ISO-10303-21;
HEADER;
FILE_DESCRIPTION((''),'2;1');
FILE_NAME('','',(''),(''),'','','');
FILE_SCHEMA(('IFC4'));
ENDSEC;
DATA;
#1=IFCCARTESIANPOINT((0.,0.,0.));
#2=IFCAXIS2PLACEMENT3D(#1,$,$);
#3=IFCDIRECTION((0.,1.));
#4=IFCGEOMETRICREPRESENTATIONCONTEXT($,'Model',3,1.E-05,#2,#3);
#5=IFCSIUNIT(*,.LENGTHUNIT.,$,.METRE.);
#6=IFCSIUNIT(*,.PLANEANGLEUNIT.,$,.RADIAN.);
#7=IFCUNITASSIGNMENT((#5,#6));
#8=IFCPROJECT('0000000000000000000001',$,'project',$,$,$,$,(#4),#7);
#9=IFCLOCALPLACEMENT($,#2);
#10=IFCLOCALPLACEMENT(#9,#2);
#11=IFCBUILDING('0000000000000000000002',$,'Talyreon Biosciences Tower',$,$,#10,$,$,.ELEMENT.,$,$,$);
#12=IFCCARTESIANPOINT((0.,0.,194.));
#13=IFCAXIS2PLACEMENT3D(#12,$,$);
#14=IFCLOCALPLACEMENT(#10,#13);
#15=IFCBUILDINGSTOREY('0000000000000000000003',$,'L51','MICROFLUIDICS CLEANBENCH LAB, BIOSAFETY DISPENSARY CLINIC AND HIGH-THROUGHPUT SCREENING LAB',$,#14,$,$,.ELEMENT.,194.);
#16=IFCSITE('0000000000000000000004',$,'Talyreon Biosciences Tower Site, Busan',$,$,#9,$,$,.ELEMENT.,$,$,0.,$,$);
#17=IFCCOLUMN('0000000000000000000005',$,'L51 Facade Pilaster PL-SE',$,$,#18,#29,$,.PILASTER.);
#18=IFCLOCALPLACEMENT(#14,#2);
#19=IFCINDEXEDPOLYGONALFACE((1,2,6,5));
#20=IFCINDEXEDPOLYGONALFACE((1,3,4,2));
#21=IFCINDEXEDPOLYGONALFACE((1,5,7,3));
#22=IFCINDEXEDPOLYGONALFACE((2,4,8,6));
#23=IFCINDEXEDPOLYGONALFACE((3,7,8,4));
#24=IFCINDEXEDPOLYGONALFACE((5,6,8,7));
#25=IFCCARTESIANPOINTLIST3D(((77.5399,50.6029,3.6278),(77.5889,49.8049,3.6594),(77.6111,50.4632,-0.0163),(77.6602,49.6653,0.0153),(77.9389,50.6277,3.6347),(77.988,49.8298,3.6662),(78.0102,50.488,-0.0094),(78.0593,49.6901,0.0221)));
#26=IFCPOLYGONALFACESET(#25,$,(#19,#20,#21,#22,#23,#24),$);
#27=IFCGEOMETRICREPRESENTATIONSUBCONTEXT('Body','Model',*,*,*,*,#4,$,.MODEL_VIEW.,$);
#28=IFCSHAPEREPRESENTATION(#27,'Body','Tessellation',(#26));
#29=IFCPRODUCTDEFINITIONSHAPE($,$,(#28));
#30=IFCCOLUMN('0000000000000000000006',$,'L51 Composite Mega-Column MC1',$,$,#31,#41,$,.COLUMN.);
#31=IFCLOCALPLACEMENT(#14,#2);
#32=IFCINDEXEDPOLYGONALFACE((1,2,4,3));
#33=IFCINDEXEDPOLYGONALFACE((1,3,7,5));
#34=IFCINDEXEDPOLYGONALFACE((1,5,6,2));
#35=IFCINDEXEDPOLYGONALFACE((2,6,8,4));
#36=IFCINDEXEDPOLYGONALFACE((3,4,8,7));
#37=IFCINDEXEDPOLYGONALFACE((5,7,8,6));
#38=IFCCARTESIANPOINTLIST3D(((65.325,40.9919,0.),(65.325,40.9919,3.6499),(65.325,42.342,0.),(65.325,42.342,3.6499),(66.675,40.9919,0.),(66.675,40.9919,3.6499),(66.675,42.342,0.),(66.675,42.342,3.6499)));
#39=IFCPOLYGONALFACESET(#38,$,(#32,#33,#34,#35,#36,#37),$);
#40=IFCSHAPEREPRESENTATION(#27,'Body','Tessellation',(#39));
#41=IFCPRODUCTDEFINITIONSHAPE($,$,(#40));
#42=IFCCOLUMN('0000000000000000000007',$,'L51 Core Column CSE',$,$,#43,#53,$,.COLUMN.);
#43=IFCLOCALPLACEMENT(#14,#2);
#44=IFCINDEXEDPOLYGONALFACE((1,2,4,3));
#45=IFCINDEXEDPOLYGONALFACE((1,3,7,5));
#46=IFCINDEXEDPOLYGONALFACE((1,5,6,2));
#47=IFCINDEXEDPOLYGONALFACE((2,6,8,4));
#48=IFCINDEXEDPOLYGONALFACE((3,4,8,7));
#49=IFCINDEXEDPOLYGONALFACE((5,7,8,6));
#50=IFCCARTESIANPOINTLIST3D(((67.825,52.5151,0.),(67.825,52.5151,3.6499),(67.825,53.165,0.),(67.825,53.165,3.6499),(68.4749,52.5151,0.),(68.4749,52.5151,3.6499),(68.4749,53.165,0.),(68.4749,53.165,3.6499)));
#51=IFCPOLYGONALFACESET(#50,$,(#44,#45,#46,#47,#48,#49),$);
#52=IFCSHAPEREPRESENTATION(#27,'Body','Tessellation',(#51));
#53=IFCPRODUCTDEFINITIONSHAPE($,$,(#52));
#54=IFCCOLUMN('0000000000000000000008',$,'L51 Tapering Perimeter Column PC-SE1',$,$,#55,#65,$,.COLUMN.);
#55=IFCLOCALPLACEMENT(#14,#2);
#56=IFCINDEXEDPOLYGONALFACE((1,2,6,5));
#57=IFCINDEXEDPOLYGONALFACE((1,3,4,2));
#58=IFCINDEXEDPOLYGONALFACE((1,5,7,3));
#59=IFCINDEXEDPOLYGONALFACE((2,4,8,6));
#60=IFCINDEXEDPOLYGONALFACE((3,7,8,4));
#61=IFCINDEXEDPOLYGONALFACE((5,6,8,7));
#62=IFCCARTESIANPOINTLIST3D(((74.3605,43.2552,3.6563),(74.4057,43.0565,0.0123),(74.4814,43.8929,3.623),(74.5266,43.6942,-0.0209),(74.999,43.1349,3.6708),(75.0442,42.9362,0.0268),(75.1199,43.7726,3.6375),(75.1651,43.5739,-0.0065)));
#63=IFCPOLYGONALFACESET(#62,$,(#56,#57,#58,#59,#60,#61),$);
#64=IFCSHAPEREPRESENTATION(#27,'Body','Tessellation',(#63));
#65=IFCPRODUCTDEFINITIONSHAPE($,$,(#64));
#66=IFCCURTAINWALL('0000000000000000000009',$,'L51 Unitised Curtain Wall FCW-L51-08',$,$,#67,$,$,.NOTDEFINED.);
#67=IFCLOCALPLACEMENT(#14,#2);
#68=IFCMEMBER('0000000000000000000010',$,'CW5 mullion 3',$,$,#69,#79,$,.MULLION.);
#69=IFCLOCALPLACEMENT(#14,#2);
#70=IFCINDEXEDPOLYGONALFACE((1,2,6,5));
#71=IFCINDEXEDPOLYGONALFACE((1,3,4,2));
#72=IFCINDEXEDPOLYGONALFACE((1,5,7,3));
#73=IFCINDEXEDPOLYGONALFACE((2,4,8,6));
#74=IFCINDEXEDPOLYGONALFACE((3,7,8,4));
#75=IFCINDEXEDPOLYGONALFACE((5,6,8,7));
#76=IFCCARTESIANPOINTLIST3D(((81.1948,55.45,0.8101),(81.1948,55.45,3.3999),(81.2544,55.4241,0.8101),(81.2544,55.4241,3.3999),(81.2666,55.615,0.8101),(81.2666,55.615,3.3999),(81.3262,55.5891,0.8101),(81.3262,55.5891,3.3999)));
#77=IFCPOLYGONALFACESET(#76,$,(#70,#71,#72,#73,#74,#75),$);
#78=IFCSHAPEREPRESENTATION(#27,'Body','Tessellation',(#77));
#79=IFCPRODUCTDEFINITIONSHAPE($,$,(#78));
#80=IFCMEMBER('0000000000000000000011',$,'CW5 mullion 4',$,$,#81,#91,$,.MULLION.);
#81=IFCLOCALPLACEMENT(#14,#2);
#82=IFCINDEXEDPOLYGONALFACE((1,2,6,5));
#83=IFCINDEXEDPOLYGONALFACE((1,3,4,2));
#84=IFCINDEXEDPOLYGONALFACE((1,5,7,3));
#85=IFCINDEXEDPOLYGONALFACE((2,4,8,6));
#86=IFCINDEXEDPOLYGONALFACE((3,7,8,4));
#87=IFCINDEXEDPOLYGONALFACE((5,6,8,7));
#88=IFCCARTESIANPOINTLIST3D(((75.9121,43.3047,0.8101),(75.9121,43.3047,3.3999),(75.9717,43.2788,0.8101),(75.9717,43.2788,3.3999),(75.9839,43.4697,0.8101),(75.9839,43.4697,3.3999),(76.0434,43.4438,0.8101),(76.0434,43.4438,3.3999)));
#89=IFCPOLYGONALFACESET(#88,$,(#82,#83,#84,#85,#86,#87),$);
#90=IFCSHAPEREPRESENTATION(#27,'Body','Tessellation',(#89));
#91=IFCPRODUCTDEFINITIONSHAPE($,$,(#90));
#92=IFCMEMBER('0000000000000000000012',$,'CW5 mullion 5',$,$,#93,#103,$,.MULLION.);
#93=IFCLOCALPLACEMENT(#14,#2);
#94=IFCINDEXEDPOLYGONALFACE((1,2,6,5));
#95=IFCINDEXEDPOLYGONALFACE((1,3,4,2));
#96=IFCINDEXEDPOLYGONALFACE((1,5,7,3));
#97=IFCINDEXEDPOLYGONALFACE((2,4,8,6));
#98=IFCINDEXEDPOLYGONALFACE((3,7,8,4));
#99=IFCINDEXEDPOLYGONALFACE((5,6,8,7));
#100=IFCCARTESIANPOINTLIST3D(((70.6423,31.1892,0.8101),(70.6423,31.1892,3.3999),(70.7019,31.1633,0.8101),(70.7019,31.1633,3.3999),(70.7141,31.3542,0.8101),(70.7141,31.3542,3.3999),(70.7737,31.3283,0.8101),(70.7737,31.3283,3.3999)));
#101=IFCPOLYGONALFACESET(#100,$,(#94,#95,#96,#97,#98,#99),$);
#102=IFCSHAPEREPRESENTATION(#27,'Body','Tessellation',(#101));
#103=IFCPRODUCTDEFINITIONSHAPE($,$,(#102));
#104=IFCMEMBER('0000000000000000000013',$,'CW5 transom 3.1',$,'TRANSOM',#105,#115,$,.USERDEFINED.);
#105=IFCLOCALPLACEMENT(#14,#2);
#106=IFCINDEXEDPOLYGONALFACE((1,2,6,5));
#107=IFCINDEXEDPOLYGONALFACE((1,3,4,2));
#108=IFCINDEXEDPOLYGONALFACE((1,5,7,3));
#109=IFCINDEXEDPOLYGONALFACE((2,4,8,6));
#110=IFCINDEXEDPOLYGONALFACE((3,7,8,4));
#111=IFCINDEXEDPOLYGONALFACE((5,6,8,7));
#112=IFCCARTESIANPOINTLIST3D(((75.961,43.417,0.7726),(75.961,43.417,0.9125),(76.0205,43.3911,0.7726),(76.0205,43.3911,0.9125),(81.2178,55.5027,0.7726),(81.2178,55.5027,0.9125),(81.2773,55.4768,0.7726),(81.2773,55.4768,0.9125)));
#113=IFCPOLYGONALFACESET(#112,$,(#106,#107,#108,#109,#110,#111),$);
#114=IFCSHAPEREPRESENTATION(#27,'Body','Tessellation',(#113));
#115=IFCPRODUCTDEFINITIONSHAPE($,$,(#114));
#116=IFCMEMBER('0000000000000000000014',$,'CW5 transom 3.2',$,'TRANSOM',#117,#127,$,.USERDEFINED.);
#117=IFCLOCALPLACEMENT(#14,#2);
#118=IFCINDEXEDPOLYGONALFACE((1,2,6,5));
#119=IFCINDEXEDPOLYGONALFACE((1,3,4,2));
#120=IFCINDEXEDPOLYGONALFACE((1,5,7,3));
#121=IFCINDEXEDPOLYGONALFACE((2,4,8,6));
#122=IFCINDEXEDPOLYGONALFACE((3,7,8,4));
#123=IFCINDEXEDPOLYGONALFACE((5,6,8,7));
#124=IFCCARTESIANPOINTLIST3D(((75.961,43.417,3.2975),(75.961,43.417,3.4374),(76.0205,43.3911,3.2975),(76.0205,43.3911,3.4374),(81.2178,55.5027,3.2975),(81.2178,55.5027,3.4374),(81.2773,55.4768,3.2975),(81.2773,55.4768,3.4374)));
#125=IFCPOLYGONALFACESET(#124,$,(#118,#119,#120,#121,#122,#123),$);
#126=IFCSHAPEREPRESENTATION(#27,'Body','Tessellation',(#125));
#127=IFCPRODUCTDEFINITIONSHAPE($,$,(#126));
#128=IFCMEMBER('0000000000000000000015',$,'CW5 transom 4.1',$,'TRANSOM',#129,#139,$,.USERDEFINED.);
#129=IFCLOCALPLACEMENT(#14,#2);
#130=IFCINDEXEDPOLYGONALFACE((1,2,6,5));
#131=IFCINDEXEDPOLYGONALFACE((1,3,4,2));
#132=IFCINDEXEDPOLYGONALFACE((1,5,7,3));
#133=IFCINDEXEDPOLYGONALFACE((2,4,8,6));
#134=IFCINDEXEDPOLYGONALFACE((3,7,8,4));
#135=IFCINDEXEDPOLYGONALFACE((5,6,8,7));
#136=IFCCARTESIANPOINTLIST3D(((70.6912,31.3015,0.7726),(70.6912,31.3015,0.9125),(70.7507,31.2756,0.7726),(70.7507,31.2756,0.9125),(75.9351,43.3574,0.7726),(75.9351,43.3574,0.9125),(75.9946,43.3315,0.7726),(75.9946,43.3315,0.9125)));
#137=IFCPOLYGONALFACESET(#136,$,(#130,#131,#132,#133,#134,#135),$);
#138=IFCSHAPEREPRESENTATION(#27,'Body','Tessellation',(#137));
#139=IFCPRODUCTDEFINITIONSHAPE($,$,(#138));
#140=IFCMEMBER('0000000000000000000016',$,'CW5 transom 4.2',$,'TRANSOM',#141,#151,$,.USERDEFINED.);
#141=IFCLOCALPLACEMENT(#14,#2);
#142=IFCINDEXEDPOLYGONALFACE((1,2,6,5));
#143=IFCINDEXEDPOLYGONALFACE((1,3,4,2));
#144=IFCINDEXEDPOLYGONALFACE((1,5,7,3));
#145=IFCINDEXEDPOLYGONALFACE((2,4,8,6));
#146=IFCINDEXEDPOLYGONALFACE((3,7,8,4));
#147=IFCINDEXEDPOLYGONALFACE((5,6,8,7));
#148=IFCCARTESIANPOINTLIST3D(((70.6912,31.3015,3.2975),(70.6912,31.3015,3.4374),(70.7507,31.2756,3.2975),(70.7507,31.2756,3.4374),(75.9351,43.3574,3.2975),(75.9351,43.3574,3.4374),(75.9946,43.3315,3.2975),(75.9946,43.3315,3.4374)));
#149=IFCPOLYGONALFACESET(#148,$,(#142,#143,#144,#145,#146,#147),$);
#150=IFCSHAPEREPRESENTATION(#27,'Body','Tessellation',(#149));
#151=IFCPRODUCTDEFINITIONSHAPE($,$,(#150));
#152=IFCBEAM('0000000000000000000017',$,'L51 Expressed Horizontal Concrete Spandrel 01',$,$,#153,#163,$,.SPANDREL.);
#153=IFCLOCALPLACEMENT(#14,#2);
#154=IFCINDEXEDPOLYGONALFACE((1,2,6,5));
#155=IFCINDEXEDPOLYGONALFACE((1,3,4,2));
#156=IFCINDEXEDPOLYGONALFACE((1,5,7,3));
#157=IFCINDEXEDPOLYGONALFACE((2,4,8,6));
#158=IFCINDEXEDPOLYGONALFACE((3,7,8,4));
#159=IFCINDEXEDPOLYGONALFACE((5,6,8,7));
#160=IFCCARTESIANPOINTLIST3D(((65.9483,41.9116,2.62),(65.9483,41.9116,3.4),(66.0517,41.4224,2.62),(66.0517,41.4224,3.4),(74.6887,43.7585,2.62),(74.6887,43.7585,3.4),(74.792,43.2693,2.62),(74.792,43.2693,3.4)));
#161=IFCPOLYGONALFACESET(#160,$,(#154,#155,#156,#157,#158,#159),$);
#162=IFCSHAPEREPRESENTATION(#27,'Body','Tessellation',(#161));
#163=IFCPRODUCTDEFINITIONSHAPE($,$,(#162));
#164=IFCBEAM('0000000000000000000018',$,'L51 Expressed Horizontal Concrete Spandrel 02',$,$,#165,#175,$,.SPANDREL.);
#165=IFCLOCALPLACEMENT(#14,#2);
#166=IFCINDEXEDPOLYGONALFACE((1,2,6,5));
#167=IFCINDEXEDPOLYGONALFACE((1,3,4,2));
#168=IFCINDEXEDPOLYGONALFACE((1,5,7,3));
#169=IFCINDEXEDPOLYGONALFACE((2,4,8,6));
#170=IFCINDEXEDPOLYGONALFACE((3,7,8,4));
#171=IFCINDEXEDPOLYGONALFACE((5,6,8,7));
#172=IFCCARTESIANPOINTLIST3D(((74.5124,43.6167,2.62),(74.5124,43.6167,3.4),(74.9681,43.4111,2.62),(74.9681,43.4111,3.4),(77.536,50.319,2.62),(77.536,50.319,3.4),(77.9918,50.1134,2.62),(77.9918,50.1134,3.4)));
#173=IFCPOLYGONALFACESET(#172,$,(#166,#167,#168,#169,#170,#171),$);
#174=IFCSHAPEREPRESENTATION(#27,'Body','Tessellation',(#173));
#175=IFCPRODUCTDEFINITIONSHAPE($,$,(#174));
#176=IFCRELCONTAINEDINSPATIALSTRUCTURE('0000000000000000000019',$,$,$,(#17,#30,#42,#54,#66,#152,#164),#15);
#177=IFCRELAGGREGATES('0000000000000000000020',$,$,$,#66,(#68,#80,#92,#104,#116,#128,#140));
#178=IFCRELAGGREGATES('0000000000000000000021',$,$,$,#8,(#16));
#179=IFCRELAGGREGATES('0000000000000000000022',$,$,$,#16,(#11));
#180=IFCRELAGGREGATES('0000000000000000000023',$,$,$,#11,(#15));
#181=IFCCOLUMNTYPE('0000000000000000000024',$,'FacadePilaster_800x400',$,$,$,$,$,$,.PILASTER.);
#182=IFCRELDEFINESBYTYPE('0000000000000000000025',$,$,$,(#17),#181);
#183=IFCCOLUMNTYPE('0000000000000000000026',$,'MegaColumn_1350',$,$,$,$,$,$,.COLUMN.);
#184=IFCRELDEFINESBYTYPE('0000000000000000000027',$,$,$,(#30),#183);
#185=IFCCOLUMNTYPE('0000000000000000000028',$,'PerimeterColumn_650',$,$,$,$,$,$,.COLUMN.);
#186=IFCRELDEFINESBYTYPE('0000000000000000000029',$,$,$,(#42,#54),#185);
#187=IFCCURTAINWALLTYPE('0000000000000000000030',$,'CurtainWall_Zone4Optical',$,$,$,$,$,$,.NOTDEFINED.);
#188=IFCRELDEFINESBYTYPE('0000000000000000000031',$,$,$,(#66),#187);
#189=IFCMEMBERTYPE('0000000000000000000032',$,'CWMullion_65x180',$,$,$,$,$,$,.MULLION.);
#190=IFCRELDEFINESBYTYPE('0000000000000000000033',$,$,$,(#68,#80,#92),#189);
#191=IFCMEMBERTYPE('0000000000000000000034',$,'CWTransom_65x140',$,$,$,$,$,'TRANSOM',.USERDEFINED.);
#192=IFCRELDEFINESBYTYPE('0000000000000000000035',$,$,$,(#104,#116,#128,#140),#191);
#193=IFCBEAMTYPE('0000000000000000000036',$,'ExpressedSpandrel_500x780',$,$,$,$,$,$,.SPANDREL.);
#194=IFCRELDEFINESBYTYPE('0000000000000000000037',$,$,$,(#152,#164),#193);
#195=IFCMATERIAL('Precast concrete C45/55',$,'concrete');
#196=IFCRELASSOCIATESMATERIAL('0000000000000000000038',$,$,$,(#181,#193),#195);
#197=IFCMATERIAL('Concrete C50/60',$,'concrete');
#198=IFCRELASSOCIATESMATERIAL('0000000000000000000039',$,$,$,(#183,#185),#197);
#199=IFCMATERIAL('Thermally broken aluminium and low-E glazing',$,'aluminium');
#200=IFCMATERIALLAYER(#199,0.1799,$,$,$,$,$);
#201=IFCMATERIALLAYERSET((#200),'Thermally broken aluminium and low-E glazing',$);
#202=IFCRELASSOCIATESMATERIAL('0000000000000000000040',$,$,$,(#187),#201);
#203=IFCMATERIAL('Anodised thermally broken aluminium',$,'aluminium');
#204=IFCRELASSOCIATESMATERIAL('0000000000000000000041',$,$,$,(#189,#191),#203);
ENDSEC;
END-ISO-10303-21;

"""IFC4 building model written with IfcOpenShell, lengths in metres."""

from ifc_helpers import new_model, si_unit, direction, frame, origin, origin_2d, place, context, subcontext, project, spatial, rectangle, extrude, material, layer, layer_set, material_profile, profile_set, type_object, element, aggregate, save


model = new_model("IFC4")

# Units and contexts
model_context = context("Model", 3, precision=1e-05, world=origin(), true_north=direction((0.0, 1.0)))
body_context = subcontext(model_context, "Body", "Model", "MODEL_VIEW")
ifc_project = project(units=[si_unit("LENGTHUNIT", "METRE"), si_unit("PLANEANGLEUNIT", "RADIAN")], contexts=[model_context])

# Site, building, storey
site_placement = place(None, origin())
site = spatial("IfcSite", under=ifc_project, at=site_placement, Name="Talyreon Biosciences Tower Site, Busan", CompositionType="ELEMENT", RefElevation=0.0)
building_placement = place(site_placement, origin())
building = spatial("IfcBuilding", under=site, at=building_placement, Name="Talyreon Biosciences Tower", CompositionType="ELEMENT")
storey_placement = place(building_placement, frame((0.0, 0.0, 194.0)))
storey = spatial("IfcBuildingStorey", under=building, at=storey_placement, Name="L51", Description="MICROFLUIDICS CLEANBENCH LAB, BIOSAFETY DISPENSARY CLINIC AND HIGH-THROUGHPUT SCREENING LAB", CompositionType="ELEMENT", Elevation=194.0)

# Columns
ifc_material_1 = material(Name="Precast concrete C45/55", Category="concrete")
ifc_material_profile_1 = material_profile(ifc_material_1, rectangle(XDim=0.8, YDim=0.3999, at=origin_2d()), Name="RC 800x400")
ifc_profile_set_1 = profile_set([ifc_material_profile_1], Name="Precast concrete C45/55")
column_type_1 = type_object("IfcColumnType", Name="FacadePilaster_800x400", PredefinedType="PILASTER", material=ifc_profile_set_1)
column_1_placement = place(storey_placement, frame((77.8352, 50.0767, 0.0029), z_axis=(-0.019545, 0.038287, 0.999076), x_axis=(0.061305, -0.99734, 0.03942)))
element("IfcColumn", 1, at=column_1_placement, inside=storey, type_object=column_type_1, Name="L51 Facade Pilaster PL-SE", PredefinedType="PILASTER", context=body_context, shape_type="SweptSolid", body=[
    extrude(rectangle(XDim=0.8, YDim=0.3999, at=origin_2d()), origin(), (0.0, 0.0, 1.0), 3.6475),
])
ifc_material_2 = material(Name="Concrete C50/60", Category="concrete")
ifc_material_profile_2 = material_profile(ifc_material_2, rectangle(XDim=1.3501, YDim=1.3501, at=origin_2d()), Name="RC 1350x1350")
ifc_profile_set_2 = profile_set([ifc_material_profile_2], Name="Concrete C50/60")
column_type_2 = type_object("IfcColumnType", Name="MegaColumn_1350", PredefinedType="COLUMN", material=ifc_profile_set_2)
column_2_placement = place(storey_placement, frame((66.0, 41.667, 0.0), z_axis=(0.0, 0.0, 1.0), x_axis=(1.0, 0.0, 0.0)))
element("IfcColumn", 2, at=column_2_placement, inside=storey, type_object=column_type_2, Name="L51 Composite Mega-Column MC1", PredefinedType="COLUMN", context=body_context, shape_type="SweptSolid", body=[
    extrude(rectangle(XDim=1.3501, YDim=1.3501, at=origin_2d()), origin(), (0.0, 0.0, 1.0), 3.6499),
])
ifc_material_profile_3 = material_profile(ifc_material_2, rectangle(XDim=0.6499, YDim=0.6499, at=origin_2d()), Name="RC 650x650")
ifc_profile_set_3 = profile_set([ifc_material_profile_3], Name="Concrete C50/60")
column_type_3 = type_object("IfcColumnType", Name="PerimeterColumn_650", PredefinedType="COLUMN", material=ifc_profile_set_3)
column_3_placement = place(storey_placement, frame((68.1499, 52.8401, 0.0), z_axis=(0.0, 0.0, 1.0), x_axis=(1.0, 0.0, 0.0)))
element("IfcColumn", 3, at=column_3_placement, inside=storey, type_object=column_type_3, Name="L51 Core Column CSE", PredefinedType="COLUMN", context=body_context, shape_type="SweptSolid", body=[
    extrude(rectangle(XDim=0.6499, YDim=0.6499, at=origin_2d()), origin(), (0.0, 0.0, 1.0), 3.6499),
])
column_4_placement = place(storey_placement, frame((74.7854, 43.3152, 0.0029), z_axis=(-0.012375, 0.054451, 0.99844), x_axis=(-0.186031, -0.981209, 0.051205)))
element("IfcColumn", 4, at=column_4_placement, inside=storey, type_object=column_type_3, Name="L51 Tapering Perimeter Column PC-SE1", PredefinedType="COLUMN", context=body_context, shape_type="SweptSolid", body=[
    extrude(rectangle(XDim=0.6499, YDim=0.6499, at=origin_2d()), origin(), (0.0, 0.0, 1.0), 3.6497),
])

# Curtain wall, members
ifc_material_3 = material(Name="Thermally broken aluminium and low-E glazing", Category="aluminium")
ifc_layer_1 = layer(ifc_material_3, 0.1799)
ifc_layer_set_1 = layer_set([ifc_layer_1], Name="Thermally broken aluminium and low-E glazing")
curtain_wall_type = type_object("IfcCurtainWallType", Name="CurtainWall_Zone4Optical", PredefinedType="NOTDEFINED", material=ifc_layer_set_1)
curtain_wall_placement = place(storey_placement, origin())
curtain_wall = element("IfcCurtainWall", 5, at=curtain_wall_placement, inside=storey, type_object=curtain_wall_type, Name="L51 Unitised Curtain Wall FCW-L51-08", PredefinedType="NOTDEFINED")
ifc_material_4 = material(Name="Anodised thermally broken aluminium", Category="aluminium")
ifc_material_profile_4 = material_profile(ifc_material_4, rectangle(XDim=0.0649, YDim=0.1799, at=origin_2d()), Name="ALUM MULLION 65x180")
ifc_profile_set_4 = profile_set([ifc_material_profile_4], Name="Anodised thermally broken aluminium")
member_type_1 = type_object("IfcMemberType", Name="CWMullion_65x180", PredefinedType="MULLION", material=ifc_profile_set_4)
member_1_placement = place(storey_placement, frame((81.2605, 55.5195, 0.8101), z_axis=(0.0, 0.0, 1.0), x_axis=(0.917011, -0.398862, 0.0)))
member_1 = element("IfcMember", 6, at=member_1_placement, type_object=member_type_1, Name="CW5 mullion 3", PredefinedType="MULLION", context=body_context, shape_type="SweptSolid", body=[
    extrude(rectangle(XDim=0.0649, YDim=0.1799, at=origin_2d()), origin(), (0.0, 0.0, 1.0), 2.5898),
])
member_2_placement = place(storey_placement, frame((75.9778, 43.3743, 0.8101), z_axis=(0.0, 0.0, 1.0), x_axis=(0.917011, -0.398862, 0.0)))
member_2 = element("IfcMember", 7, at=member_2_placement, type_object=member_type_1, Name="CW5 mullion 4", PredefinedType="MULLION", context=body_context, shape_type="SweptSolid", body=[
    extrude(rectangle(XDim=0.0649, YDim=0.1799, at=origin_2d()), origin(), (0.0, 0.0, 1.0), 2.5898),
])
member_3_placement = place(storey_placement, frame((70.708, 31.2588, 0.8101), z_axis=(0.0, 0.0, 1.0), x_axis=(0.917011, -0.398862, 0.0)))
member_3 = element("IfcMember", 8, at=member_3_placement, type_object=member_type_1, Name="CW5 mullion 5", PredefinedType="MULLION", context=body_context, shape_type="SweptSolid", body=[
    extrude(rectangle(XDim=0.0649, YDim=0.1799, at=origin_2d()), origin(), (0.0, 0.0, 1.0), 2.5898),
])
ifc_material_profile_5 = material_profile(ifc_material_4, rectangle(XDim=0.0649, YDim=0.1399, at=origin_2d()), Name="ALUM TRANSOM 65x140")
ifc_profile_set_5 = profile_set([ifc_material_profile_5], Name="Anodised thermally broken aluminium")
member_type_2 = type_object("IfcMemberType", Name="CWTransom_65x140", ElementType="TRANSOM", PredefinedType="USERDEFINED", material=ifc_profile_set_5)
member_4_placement = place(storey_placement, frame((81.2476, 55.4897, 0.8425), z_axis=(-0.398866, -0.917009, 0.0), x_axis=(0.917009, -0.398866, 0.0)))
member_4 = element("IfcMember", 9, at=member_4_placement, type_object=member_type_2, Name="CW5 transom 3.1", ObjectType="TRANSOM", PredefinedType="USERDEFINED", context=body_context, shape_type="SweptSolid", body=[
    extrude(rectangle(XDim=0.0649, YDim=0.1399, at=origin_2d()), origin(), (0.0, 0.0, 1.0), 13.1794),
])
member_5_placement = place(storey_placement, frame((81.2476, 55.4897, 3.3674), z_axis=(-0.398866, -0.917009, 0.0), x_axis=(0.917009, -0.398866, 0.0)))
member_5 = element("IfcMember", 10, at=member_5_placement, type_object=member_type_2, Name="CW5 transom 3.2", ObjectType="TRANSOM", PredefinedType="USERDEFINED", context=body_context, shape_type="SweptSolid", body=[
    extrude(rectangle(XDim=0.0649, YDim=0.1399, at=origin_2d()), origin(), (0.0, 0.0, 1.0), 13.1794),
])
member_6_placement = place(storey_placement, frame((75.9648, 43.3445, 0.8425), z_axis=(-0.398867, -0.917009, 0.0), x_axis=(0.917009, -0.398867, 0.0)))
member_6 = element("IfcMember", 11, at=member_6_placement, type_object=member_type_2, Name="CW5 transom 4.1", ObjectType="TRANSOM", PredefinedType="USERDEFINED", context=body_context, shape_type="SweptSolid", body=[
    extrude(rectangle(XDim=0.0649, YDim=0.1399, at=origin_2d()), origin(), (0.0, 0.0, 1.0), 13.147),
])
member_7_placement = place(storey_placement, frame((75.9648, 43.3445, 3.3674), z_axis=(-0.398867, -0.917009, 0.0), x_axis=(0.917009, -0.398867, 0.0)))
member_7 = element("IfcMember", 12, at=member_7_placement, type_object=member_type_2, Name="CW5 transom 4.2", ObjectType="TRANSOM", PredefinedType="USERDEFINED", context=body_context, shape_type="SweptSolid", body=[
    extrude(rectangle(XDim=0.0649, YDim=0.1399, at=origin_2d()), origin(), (0.0, 0.0, 1.0), 13.147),
])

# Beams
ifc_material_profile_6 = material_profile(ifc_material_1, rectangle(XDim=0.5, YDim=0.78, at=origin_2d()), Name="RCB 500x780")
ifc_profile_set_6 = profile_set([ifc_material_profile_6], Name="Precast concrete C45/55")
beam_type_1 = type_object("IfcBeamType", Name="ExpressedSpandrel_500x780", PredefinedType="SPANDREL", material=ifc_profile_set_6)
beam_1_placement = place(storey_placement, frame((66.0, 41.667, 3.01), z_axis=(0.978394, 0.206747, 0.0), x_axis=(-0.206747, 0.978394, 0.0)))
element("IfcBeam", 13, at=beam_1_placement, inside=storey, type_object=beam_type_1, Name="L51 Expressed Horizontal Concrete Spandrel 01", PredefinedType="SPANDREL", context=body_context, shape_type="SweptSolid", body=[
    extrude(rectangle(XDim=0.5, YDim=0.78, at=origin_2d()), origin(), (0.0, 0.0, 1.0), 8.9333),
])
beam_2_placement = place(storey_placement, frame((74.7402, 43.5139, 3.01), z_axis=(0.411225, 0.911534, 0.0), x_axis=(-0.911534, 0.411225, 0.0)))
element("IfcBeam", 14, at=beam_2_placement, inside=storey, type_object=beam_type_1, Name="L51 Expressed Horizontal Concrete Spandrel 02", PredefinedType="SPANDREL", context=body_context, shape_type="SweptSolid", body=[
    extrude(rectangle(XDim=0.5, YDim=0.78, at=origin_2d()), origin(), (0.0, 0.0, 1.0), 7.3528),
])

aggregate(curtain_wall, [member_1, member_2, member_3, member_4, member_5, member_6, member_7])

save(model, "model.ifc")
